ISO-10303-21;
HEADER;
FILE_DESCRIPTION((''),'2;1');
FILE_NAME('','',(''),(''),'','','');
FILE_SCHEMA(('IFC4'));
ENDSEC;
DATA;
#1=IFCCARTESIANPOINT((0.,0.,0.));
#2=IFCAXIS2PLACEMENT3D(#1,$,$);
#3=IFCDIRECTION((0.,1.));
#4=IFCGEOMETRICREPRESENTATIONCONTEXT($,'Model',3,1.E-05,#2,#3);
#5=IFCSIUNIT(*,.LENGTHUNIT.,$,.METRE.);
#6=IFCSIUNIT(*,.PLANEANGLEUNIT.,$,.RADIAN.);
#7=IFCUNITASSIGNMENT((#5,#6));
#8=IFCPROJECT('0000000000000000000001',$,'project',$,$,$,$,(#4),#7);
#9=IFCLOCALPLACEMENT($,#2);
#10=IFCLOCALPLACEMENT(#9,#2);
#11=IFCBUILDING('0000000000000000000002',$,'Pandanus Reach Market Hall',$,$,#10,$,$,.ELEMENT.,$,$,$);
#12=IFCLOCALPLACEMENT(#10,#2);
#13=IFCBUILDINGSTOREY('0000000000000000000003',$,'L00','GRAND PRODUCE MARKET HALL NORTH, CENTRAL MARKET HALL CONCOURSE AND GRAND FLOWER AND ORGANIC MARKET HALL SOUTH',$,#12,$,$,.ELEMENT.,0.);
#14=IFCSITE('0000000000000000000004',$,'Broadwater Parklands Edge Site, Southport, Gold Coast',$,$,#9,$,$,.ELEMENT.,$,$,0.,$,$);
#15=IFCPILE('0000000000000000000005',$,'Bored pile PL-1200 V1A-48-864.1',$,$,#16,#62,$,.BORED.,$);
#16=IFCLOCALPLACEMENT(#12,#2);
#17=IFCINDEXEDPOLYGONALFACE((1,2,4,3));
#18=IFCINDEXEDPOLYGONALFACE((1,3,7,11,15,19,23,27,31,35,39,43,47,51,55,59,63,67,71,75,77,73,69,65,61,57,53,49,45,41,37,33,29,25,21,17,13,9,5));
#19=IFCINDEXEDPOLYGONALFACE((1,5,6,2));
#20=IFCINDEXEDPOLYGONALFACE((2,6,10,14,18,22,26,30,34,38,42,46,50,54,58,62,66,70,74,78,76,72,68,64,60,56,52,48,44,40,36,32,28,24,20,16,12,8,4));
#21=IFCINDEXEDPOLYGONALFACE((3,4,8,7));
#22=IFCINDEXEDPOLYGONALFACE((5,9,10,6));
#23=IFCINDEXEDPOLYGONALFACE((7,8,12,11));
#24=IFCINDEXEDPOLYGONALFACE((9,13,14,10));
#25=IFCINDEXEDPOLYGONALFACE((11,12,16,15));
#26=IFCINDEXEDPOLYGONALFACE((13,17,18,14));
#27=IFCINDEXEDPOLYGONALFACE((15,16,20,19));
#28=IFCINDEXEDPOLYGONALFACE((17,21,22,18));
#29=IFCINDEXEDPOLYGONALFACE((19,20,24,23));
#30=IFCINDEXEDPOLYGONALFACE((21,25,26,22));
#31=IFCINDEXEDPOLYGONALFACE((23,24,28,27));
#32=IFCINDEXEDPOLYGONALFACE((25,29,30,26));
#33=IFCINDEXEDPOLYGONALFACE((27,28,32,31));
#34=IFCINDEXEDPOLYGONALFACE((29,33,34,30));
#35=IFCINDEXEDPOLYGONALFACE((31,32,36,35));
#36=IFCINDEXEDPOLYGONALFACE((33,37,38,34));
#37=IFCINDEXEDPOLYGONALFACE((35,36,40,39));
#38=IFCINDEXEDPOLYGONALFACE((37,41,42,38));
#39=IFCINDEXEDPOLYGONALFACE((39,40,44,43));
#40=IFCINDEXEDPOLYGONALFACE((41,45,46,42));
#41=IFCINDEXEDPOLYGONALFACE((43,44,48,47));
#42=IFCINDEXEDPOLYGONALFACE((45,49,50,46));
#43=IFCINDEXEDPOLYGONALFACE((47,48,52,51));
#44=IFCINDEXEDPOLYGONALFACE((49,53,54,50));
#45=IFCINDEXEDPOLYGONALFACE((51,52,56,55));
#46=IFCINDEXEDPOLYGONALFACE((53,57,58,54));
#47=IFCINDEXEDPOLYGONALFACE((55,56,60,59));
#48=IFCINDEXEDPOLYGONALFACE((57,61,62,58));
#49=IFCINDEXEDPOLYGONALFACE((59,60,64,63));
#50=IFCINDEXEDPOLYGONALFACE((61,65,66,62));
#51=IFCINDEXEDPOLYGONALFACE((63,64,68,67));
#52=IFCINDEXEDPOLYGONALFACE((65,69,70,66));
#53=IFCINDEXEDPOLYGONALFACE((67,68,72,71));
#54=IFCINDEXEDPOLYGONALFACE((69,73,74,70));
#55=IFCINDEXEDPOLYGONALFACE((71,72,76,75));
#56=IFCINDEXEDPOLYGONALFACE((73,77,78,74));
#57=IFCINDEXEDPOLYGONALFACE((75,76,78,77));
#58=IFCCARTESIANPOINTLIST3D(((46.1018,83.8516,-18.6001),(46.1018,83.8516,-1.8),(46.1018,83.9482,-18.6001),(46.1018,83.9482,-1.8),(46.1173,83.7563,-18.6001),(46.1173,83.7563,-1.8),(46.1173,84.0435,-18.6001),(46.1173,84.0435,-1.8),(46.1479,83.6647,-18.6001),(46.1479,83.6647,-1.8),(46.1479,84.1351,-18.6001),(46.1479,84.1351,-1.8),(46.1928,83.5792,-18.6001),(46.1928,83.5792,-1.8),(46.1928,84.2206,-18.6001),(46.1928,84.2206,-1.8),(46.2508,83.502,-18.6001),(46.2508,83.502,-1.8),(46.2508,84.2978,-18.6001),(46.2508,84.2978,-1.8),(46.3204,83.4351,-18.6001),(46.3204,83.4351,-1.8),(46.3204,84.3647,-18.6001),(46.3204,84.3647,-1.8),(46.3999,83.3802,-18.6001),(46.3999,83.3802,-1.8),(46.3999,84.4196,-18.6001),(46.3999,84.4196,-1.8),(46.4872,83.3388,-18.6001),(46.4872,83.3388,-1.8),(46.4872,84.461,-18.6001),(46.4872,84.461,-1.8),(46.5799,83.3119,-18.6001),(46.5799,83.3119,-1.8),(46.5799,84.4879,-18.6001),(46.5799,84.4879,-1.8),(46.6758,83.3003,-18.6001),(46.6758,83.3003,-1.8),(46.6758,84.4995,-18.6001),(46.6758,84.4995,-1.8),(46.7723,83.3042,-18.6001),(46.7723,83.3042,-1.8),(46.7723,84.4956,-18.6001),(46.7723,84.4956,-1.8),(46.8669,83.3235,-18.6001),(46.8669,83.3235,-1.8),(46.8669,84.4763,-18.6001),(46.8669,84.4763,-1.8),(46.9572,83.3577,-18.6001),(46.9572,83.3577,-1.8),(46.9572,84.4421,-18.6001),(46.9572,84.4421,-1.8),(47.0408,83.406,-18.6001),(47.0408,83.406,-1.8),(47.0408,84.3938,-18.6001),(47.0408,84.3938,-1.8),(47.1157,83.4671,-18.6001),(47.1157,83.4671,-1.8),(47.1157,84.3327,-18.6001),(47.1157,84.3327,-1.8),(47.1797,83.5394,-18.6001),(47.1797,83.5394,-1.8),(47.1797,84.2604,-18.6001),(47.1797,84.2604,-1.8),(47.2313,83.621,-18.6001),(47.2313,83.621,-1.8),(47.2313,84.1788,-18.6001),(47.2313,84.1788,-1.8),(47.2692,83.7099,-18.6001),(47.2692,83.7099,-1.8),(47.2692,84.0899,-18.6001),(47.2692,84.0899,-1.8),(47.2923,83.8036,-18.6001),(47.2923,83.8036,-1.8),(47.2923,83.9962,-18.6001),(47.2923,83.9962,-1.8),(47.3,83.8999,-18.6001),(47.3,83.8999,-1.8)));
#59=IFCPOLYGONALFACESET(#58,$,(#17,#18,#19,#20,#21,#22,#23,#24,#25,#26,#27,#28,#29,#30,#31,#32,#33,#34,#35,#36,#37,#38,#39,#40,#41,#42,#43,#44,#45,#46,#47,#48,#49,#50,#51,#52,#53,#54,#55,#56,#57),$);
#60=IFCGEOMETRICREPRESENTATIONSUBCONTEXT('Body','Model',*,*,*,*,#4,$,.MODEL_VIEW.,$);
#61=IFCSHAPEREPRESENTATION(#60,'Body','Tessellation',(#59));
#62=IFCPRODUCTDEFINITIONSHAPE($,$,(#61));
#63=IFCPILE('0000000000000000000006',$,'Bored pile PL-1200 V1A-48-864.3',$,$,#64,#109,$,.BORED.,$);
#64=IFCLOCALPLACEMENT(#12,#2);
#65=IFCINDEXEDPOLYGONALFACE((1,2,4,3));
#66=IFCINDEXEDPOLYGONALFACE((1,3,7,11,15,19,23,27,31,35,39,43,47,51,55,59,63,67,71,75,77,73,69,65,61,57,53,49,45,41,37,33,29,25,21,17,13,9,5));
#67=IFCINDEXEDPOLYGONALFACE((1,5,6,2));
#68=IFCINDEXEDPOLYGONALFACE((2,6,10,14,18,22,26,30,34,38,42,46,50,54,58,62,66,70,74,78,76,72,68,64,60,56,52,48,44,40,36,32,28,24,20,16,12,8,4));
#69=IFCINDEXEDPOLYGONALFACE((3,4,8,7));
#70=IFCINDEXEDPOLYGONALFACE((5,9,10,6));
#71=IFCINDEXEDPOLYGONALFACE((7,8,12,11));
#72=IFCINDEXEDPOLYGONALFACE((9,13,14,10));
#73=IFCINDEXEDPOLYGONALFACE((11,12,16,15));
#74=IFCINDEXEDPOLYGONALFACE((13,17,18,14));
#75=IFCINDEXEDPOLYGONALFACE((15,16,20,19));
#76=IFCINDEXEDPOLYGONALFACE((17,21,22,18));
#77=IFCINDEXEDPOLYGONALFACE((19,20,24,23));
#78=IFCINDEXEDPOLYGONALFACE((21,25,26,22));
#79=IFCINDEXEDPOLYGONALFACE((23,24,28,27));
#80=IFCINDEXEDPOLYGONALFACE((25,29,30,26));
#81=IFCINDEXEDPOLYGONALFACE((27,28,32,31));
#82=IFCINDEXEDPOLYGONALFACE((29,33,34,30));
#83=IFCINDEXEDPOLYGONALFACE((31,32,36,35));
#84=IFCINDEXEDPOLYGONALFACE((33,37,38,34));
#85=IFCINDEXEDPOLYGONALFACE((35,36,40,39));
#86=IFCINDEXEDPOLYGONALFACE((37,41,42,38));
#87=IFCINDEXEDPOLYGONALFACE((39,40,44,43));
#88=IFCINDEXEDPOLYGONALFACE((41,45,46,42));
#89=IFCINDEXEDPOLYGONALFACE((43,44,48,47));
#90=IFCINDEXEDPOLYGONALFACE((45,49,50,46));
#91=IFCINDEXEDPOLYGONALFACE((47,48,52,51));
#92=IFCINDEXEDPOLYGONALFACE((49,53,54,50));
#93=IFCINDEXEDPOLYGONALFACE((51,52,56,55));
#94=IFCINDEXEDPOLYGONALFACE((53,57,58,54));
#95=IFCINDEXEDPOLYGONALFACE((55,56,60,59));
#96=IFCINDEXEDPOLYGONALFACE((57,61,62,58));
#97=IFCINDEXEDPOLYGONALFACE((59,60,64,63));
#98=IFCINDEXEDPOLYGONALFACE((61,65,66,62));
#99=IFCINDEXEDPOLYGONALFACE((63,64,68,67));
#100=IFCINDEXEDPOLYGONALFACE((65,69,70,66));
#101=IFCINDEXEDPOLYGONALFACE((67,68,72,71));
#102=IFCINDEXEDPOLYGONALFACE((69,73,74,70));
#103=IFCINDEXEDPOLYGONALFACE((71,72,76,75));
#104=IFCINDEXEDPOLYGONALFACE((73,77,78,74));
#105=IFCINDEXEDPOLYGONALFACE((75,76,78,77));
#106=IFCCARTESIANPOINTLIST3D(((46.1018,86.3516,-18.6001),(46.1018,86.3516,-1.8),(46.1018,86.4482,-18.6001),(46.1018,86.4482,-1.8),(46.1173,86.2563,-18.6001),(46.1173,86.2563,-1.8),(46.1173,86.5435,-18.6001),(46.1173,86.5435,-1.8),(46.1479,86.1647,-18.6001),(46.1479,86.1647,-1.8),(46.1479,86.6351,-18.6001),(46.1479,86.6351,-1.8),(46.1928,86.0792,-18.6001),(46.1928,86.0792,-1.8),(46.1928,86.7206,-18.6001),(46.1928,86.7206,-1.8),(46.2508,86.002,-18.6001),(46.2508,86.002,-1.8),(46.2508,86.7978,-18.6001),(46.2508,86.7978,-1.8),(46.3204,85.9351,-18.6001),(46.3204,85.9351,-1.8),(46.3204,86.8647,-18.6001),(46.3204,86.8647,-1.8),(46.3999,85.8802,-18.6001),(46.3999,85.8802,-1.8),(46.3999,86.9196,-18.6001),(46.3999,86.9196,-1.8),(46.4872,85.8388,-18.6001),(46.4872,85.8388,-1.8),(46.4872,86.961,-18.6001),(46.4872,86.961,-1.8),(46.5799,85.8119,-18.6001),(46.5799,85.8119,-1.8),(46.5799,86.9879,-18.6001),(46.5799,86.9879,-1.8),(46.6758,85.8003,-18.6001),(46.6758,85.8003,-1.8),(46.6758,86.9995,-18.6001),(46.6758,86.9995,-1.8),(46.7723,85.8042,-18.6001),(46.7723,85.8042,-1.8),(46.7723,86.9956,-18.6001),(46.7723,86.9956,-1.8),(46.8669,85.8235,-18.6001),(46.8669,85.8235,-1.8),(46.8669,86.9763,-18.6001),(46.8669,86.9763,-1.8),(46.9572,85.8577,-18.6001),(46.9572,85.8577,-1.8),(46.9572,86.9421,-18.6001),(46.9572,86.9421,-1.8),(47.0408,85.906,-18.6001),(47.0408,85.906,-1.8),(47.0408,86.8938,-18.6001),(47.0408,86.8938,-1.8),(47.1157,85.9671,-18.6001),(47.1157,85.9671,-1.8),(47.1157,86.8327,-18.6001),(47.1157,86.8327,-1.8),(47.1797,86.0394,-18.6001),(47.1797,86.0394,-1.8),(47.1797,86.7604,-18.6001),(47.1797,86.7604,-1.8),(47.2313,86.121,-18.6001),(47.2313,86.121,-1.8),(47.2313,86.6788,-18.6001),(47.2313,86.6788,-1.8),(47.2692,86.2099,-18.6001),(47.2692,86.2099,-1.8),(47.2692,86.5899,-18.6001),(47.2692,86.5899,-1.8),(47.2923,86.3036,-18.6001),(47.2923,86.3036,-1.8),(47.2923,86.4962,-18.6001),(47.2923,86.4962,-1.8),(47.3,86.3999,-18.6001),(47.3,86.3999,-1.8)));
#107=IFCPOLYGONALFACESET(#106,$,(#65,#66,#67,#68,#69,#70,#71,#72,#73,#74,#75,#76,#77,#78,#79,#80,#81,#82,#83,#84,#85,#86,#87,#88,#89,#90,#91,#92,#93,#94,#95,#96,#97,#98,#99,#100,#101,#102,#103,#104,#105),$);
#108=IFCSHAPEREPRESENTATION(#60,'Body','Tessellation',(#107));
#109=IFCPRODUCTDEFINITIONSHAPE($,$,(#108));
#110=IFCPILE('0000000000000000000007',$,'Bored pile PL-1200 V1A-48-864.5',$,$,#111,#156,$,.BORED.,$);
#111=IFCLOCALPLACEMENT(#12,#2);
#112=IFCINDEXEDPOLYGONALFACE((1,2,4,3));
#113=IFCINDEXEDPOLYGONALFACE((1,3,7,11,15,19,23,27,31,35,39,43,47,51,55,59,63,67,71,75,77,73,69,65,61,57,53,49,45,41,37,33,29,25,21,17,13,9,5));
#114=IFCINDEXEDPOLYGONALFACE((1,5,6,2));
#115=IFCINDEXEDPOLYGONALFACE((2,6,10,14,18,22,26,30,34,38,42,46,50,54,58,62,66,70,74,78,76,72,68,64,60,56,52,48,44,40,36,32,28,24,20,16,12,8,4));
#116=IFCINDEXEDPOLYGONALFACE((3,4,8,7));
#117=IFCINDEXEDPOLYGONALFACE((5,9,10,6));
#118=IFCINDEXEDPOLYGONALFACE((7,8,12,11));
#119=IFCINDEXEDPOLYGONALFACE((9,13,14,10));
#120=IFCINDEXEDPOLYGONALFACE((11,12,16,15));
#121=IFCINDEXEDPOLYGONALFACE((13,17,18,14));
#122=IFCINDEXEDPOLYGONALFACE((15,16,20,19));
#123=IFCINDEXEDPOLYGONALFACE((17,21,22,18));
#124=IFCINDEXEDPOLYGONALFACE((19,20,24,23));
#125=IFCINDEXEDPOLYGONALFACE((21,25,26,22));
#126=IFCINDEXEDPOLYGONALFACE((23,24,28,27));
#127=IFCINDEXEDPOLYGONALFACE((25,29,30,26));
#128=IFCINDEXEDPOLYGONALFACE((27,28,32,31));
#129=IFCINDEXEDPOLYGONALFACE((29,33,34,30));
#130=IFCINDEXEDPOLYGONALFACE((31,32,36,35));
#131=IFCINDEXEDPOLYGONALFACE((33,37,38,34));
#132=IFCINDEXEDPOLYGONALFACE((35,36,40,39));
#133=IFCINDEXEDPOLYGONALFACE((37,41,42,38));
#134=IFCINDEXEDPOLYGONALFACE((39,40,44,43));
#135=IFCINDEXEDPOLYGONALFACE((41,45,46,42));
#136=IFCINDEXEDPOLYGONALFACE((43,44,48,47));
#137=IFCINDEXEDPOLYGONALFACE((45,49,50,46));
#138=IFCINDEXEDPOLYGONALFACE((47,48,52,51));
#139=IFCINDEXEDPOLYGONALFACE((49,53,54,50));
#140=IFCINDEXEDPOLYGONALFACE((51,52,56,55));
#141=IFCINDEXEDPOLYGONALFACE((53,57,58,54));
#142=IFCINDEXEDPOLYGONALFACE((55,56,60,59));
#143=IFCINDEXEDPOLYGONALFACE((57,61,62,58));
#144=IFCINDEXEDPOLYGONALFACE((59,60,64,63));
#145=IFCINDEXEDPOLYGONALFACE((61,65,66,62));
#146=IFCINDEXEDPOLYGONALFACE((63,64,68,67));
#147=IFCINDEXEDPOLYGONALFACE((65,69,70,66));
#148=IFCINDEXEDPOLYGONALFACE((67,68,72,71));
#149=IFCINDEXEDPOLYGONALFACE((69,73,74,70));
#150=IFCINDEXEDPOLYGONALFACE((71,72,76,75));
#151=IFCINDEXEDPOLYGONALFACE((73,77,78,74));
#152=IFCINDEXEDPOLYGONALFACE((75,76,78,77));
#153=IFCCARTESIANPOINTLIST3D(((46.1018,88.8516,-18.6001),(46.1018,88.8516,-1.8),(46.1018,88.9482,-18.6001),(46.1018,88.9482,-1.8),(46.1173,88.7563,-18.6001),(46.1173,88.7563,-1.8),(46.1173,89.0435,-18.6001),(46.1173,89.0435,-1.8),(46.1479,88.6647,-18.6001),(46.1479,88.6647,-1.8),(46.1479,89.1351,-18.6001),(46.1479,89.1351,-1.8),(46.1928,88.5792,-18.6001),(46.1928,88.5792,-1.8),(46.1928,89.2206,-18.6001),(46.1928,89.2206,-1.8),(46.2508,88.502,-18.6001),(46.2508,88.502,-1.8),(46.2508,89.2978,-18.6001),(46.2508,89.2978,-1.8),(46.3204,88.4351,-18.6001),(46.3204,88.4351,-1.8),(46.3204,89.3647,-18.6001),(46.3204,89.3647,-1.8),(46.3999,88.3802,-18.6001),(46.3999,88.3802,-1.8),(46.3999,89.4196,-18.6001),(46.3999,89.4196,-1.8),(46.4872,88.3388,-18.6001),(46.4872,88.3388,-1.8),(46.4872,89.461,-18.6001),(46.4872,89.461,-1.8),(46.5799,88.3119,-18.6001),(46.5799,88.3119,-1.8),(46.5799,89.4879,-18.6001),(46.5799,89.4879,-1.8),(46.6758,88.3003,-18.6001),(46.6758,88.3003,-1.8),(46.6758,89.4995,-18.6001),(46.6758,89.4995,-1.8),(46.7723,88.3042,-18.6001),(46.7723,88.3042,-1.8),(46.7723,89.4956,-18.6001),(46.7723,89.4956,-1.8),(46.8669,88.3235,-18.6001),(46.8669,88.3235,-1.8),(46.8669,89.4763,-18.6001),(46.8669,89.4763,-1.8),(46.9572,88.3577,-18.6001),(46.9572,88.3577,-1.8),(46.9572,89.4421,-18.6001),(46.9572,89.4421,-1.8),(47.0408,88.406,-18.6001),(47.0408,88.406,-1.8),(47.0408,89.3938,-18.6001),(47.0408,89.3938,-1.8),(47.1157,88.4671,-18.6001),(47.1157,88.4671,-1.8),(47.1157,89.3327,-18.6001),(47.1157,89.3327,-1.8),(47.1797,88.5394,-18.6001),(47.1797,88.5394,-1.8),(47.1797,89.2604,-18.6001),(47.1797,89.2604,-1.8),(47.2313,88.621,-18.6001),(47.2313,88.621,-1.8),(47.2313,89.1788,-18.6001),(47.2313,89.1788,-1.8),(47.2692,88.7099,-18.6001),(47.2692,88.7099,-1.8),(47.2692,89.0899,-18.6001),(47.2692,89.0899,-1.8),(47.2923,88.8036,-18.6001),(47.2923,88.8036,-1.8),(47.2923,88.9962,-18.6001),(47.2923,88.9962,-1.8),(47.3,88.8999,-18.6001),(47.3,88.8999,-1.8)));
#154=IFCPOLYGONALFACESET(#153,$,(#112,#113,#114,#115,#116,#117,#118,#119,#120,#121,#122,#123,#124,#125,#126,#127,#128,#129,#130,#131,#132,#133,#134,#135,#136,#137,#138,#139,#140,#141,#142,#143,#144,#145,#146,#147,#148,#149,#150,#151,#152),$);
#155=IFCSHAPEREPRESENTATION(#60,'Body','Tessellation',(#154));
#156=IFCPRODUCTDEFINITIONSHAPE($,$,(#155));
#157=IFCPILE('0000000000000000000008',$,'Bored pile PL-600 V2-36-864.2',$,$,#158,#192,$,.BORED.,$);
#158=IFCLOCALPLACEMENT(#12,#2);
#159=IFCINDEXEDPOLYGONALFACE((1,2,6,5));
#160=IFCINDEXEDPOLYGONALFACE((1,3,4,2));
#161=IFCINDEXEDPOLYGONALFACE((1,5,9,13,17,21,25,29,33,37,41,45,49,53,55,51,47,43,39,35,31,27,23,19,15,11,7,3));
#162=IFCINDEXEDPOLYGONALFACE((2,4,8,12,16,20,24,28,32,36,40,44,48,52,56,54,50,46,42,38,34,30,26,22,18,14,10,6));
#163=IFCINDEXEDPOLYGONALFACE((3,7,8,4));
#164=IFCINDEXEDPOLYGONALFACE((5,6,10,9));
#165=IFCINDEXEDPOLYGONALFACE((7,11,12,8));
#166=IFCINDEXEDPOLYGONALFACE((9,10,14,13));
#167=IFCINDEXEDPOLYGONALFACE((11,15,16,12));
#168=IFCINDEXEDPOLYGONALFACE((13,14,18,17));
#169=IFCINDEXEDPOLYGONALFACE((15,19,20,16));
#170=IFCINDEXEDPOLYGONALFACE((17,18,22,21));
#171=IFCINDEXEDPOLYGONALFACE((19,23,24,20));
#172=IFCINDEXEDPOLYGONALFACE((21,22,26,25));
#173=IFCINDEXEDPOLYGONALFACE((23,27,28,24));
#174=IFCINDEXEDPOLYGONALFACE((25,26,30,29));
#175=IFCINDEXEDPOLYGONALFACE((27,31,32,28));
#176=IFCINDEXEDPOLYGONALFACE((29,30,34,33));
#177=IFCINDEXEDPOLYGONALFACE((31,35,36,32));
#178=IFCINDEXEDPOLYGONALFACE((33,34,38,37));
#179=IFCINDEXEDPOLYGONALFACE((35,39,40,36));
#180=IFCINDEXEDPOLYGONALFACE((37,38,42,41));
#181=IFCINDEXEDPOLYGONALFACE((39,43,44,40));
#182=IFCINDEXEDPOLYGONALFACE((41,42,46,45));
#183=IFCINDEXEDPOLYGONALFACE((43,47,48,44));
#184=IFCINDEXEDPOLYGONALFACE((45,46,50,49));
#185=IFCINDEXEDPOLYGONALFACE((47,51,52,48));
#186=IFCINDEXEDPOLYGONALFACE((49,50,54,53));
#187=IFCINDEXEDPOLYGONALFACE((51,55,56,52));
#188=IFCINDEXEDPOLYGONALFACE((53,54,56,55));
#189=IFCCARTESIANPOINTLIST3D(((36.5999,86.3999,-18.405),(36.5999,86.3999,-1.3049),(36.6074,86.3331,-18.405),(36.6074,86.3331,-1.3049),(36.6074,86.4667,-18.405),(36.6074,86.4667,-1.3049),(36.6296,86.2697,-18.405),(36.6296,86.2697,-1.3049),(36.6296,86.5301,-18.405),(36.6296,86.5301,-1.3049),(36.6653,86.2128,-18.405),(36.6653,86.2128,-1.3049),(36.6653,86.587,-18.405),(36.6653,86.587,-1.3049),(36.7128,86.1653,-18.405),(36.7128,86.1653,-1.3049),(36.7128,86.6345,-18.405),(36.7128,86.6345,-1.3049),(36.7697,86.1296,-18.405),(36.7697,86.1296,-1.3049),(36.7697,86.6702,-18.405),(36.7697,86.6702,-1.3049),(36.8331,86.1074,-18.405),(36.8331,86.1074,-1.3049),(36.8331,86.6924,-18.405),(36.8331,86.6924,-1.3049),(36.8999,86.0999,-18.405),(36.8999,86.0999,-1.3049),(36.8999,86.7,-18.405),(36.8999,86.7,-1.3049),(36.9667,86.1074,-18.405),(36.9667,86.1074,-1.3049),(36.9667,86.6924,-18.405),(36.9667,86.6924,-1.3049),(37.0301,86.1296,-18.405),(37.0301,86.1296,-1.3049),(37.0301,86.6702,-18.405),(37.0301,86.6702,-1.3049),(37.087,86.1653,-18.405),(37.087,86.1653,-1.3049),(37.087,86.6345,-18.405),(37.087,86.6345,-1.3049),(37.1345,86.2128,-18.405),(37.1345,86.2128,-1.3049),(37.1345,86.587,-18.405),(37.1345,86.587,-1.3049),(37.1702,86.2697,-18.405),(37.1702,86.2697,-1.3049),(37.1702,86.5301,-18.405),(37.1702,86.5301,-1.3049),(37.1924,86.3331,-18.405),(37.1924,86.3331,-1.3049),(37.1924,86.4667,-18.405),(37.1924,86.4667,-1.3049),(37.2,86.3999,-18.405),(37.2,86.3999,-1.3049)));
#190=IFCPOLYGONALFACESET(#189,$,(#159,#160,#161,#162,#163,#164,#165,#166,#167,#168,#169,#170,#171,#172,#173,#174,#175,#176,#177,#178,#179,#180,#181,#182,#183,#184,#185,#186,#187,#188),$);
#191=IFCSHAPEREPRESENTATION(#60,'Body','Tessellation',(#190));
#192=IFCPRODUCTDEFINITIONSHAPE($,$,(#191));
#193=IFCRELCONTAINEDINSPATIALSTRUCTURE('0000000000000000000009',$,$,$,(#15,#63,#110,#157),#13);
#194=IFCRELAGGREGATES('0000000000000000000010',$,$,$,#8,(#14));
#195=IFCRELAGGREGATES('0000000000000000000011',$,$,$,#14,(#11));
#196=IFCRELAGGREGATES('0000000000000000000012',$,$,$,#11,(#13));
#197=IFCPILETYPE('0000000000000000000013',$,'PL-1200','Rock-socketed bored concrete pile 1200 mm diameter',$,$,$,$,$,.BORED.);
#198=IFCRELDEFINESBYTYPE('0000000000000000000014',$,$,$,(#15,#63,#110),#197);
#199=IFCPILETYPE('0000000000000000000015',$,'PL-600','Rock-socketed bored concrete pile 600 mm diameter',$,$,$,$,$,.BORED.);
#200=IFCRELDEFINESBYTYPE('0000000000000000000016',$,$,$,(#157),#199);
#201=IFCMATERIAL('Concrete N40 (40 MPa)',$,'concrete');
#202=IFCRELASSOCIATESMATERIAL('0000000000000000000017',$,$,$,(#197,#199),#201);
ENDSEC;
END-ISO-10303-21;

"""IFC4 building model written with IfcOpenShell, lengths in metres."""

from ifc_helpers import new_model, si_unit, direction, frame, origin, origin_2d, place, context, subcontext, project, spatial, circle, extrude, material, material_profile, profile_set, type_object, element, save


model = new_model("IFC4")

# Units and contexts
model_context = context("Model", 3, precision=1e-05, world=origin(), true_north=direction((0.0, 1.0)))
body_context = subcontext(model_context, "Body", "Model", "MODEL_VIEW")
ifc_project = project(units=[si_unit("LENGTHUNIT", "METRE"), si_unit("PLANEANGLEUNIT", "RADIAN")], contexts=[model_context])

# Site, building, storey
site_placement = place(None, origin())
site = spatial("IfcSite", under=ifc_project, at=site_placement, Name="Broadwater Parklands Edge Site, Southport, Gold Coast", CompositionType="ELEMENT", RefElevation=0.0)
building_placement = place(site_placement, origin())
building = spatial("IfcBuilding", under=site, at=building_placement, Name="Pandanus Reach Market Hall", CompositionType="ELEMENT")
storey_placement = place(building_placement, origin())
storey = spatial("IfcBuildingStorey", under=building, at=storey_placement, Name="L00", Description="GRAND PRODUCE MARKET HALL NORTH, CENTRAL MARKET HALL CONCOURSE AND GRAND FLOWER AND ORGANIC MARKET HALL SOUTH", CompositionType="ELEMENT", Elevation=0.0)

# Piles
ifc_material_1 = material(Name="Concrete N40 (40 MPa)", Category="concrete")
ifc_material_profile_1 = material_profile(ifc_material_1, circle(Radius=0.6001, at=origin_2d()), Name="PILE-1200D", Category="LoadBearing")
ifc_profile_set_1 = profile_set([ifc_material_profile_1], Name="Concrete N40 (40 MPa)")
pile_type_1 = type_object("IfcPileType", Name="PL-1200", Description="Rock-socketed bored concrete pile 1200 mm diameter", PredefinedType="BORED", material=ifc_profile_set_1)
for number, where, z_axis, x_axis, name in (
    (1, (46.7, 83.8999, -1.8), (0.0, 0.0, -1.0), (1.0, 0.0, 0.0), "Bored pile PL-1200 V1A-48-864.1"),
    (2, (46.7, 86.3999, -1.8), (0.0, 0.0, -1.0), (1.0, 0.0, 0.0), "Bored pile PL-1200 V1A-48-864.3"),
    (3, (46.7, 88.8999, -1.8), (0.0, 0.0, -1.0), (1.0, 0.0, 0.0), "Bored pile PL-1200 V1A-48-864.5"),
):
    element("IfcPile", number, at=place(storey_placement, frame(where, z_axis=z_axis, x_axis=x_axis)), inside=storey, type_object=pile_type_1, Name=name, PredefinedType="BORED", context=body_context, shape_type="SweptSolid", body=[
        extrude(circle(Radius=0.6001, at=origin_2d()), origin(), (0.0, 0.0, 1.0), 16.8),
    ])
ifc_material_profile_2 = material_profile(ifc_material_1, circle(Radius=0.3, at=origin_2d()), Name="PILE-600D", Category="LoadBearing")
ifc_profile_set_2 = profile_set([ifc_material_profile_2], Name="Concrete N40 (40 MPa)")
pile_type_2 = type_object("IfcPileType", Name="PL-600", Description="Rock-socketed bored concrete pile 600 mm diameter", PredefinedType="BORED", material=ifc_profile_set_2)
pile_placement = place(storey_placement, frame((36.8999, 86.3999, -1.3049), z_axis=(0.0, 0.0, -1.0), x_axis=(1.0, 0.0, 0.0)))
element("IfcPile", 4, at=pile_placement, inside=storey, type_object=pile_type_2, Name="Bored pile PL-600 V2-36-864.2", PredefinedType="BORED", context=body_context, shape_type="SweptSolid", body=[
    extrude(circle(Radius=0.3, at=origin_2d()), origin(), (0.0, 0.0, 1.0), 17.1001),
])

save(model, "model.ifc")
